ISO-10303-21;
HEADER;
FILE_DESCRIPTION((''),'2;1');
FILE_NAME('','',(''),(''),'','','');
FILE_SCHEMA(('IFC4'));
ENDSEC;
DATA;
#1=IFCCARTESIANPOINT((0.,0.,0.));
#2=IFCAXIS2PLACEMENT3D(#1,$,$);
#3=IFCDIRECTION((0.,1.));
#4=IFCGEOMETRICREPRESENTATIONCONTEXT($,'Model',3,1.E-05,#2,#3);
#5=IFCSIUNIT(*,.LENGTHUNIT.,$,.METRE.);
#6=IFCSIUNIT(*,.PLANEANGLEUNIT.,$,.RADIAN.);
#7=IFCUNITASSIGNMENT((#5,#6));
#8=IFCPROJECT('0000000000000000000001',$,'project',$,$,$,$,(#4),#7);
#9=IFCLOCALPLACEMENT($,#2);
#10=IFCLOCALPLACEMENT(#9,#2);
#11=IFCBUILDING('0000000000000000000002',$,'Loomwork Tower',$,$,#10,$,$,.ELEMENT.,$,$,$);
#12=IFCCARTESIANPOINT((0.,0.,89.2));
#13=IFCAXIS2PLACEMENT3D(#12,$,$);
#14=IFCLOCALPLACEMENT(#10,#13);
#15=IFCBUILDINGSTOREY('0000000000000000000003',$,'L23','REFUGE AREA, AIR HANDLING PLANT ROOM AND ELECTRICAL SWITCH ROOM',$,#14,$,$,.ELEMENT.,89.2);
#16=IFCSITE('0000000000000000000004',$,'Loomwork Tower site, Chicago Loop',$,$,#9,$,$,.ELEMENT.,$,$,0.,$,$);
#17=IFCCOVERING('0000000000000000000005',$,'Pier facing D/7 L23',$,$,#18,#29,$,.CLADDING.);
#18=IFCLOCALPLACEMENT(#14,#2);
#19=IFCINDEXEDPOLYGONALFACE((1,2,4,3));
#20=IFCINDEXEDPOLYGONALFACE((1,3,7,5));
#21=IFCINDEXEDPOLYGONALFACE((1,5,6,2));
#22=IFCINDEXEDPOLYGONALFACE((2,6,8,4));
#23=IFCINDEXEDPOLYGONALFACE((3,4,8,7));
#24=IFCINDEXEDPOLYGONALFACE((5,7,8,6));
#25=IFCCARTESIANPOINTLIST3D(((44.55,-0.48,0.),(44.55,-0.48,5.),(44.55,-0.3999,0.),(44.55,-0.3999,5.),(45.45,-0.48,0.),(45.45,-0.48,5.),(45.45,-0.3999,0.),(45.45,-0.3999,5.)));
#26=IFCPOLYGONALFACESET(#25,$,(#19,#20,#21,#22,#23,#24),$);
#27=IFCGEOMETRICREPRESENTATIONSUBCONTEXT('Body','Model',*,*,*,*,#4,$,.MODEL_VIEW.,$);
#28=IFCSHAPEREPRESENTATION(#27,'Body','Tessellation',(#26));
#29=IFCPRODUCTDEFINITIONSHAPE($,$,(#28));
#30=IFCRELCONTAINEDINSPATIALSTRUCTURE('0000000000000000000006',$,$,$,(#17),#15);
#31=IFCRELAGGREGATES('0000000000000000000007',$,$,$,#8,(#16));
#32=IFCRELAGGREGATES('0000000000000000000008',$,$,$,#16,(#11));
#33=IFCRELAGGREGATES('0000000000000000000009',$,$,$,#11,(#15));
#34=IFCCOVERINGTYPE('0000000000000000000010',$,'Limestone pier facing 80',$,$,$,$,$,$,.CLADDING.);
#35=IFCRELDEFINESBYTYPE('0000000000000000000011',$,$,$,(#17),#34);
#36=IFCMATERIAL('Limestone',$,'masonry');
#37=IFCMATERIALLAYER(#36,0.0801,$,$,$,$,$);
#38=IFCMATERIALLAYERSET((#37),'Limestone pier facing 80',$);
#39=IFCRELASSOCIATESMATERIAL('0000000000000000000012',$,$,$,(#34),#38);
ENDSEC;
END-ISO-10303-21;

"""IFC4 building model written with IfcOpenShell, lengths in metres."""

from ifc_helpers import new_model, si_unit, direction, frame, origin, origin_2d, place, context, subcontext, project, spatial, rectangle, extrude, material, layer, layer_set, type_object, element, save


model = new_model("IFC4")

# Units and contexts
model_context = context("Model", 3, precision=1e-05, world=origin(), true_north=direction((0.0, 1.0)))
body_context = subcontext(model_context, "Body", "Model", "MODEL_VIEW")
ifc_project = project(units=[si_unit("LENGTHUNIT", "METRE"), si_unit("PLANEANGLEUNIT", "RADIAN")], contexts=[model_context])

# Site, building, storey
site_placement = place(None, origin())
site = spatial("IfcSite", under=ifc_project, at=site_placement, Name="Loomwork Tower site, Chicago Loop", CompositionType="ELEMENT", RefElevation=0.0)
building_placement = place(site_placement, origin())
building = spatial("IfcBuilding", under=site, at=building_placement, Name="Loomwork Tower", CompositionType="ELEMENT")
storey_placement = place(building_placement, frame((0.0, 0.0, 89.2)))
storey = spatial("IfcBuildingStorey", under=building, at=storey_placement, Name="L23", Description="REFUGE AREA, AIR HANDLING PLANT ROOM AND ELECTRICAL SWITCH ROOM", CompositionType="ELEMENT", Elevation=89.2)

# Covering
ifc_material_1 = material(Name="Limestone", Category="masonry")
ifc_layer_1 = layer(ifc_material_1, 0.0801)
ifc_layer_set_1 = layer_set([ifc_layer_1], Name="Limestone pier facing 80")
covering_type = type_object("IfcCoveringType", Name="Limestone pier facing 80", PredefinedType="CLADDING", material=ifc_layer_set_1)
covering_placement = place(storey_placement, frame((45.0, -0.4399, 0.0), z_axis=(0.0, 0.0, 1.0), x_axis=(1.0, 0.0, 0.0)))
element("IfcCovering", 1, at=covering_placement, inside=storey, type_object=covering_type, Name="Pier facing D/7 L23", PredefinedType="CLADDING", context=body_context, shape_type="SweptSolid", body=[
    extrude(rectangle(XDim=0.8999, YDim=0.0801, at=origin_2d()), origin(), (0.0, 0.0, 1.0), 5.0),
])

save(model, "model.ifc")
